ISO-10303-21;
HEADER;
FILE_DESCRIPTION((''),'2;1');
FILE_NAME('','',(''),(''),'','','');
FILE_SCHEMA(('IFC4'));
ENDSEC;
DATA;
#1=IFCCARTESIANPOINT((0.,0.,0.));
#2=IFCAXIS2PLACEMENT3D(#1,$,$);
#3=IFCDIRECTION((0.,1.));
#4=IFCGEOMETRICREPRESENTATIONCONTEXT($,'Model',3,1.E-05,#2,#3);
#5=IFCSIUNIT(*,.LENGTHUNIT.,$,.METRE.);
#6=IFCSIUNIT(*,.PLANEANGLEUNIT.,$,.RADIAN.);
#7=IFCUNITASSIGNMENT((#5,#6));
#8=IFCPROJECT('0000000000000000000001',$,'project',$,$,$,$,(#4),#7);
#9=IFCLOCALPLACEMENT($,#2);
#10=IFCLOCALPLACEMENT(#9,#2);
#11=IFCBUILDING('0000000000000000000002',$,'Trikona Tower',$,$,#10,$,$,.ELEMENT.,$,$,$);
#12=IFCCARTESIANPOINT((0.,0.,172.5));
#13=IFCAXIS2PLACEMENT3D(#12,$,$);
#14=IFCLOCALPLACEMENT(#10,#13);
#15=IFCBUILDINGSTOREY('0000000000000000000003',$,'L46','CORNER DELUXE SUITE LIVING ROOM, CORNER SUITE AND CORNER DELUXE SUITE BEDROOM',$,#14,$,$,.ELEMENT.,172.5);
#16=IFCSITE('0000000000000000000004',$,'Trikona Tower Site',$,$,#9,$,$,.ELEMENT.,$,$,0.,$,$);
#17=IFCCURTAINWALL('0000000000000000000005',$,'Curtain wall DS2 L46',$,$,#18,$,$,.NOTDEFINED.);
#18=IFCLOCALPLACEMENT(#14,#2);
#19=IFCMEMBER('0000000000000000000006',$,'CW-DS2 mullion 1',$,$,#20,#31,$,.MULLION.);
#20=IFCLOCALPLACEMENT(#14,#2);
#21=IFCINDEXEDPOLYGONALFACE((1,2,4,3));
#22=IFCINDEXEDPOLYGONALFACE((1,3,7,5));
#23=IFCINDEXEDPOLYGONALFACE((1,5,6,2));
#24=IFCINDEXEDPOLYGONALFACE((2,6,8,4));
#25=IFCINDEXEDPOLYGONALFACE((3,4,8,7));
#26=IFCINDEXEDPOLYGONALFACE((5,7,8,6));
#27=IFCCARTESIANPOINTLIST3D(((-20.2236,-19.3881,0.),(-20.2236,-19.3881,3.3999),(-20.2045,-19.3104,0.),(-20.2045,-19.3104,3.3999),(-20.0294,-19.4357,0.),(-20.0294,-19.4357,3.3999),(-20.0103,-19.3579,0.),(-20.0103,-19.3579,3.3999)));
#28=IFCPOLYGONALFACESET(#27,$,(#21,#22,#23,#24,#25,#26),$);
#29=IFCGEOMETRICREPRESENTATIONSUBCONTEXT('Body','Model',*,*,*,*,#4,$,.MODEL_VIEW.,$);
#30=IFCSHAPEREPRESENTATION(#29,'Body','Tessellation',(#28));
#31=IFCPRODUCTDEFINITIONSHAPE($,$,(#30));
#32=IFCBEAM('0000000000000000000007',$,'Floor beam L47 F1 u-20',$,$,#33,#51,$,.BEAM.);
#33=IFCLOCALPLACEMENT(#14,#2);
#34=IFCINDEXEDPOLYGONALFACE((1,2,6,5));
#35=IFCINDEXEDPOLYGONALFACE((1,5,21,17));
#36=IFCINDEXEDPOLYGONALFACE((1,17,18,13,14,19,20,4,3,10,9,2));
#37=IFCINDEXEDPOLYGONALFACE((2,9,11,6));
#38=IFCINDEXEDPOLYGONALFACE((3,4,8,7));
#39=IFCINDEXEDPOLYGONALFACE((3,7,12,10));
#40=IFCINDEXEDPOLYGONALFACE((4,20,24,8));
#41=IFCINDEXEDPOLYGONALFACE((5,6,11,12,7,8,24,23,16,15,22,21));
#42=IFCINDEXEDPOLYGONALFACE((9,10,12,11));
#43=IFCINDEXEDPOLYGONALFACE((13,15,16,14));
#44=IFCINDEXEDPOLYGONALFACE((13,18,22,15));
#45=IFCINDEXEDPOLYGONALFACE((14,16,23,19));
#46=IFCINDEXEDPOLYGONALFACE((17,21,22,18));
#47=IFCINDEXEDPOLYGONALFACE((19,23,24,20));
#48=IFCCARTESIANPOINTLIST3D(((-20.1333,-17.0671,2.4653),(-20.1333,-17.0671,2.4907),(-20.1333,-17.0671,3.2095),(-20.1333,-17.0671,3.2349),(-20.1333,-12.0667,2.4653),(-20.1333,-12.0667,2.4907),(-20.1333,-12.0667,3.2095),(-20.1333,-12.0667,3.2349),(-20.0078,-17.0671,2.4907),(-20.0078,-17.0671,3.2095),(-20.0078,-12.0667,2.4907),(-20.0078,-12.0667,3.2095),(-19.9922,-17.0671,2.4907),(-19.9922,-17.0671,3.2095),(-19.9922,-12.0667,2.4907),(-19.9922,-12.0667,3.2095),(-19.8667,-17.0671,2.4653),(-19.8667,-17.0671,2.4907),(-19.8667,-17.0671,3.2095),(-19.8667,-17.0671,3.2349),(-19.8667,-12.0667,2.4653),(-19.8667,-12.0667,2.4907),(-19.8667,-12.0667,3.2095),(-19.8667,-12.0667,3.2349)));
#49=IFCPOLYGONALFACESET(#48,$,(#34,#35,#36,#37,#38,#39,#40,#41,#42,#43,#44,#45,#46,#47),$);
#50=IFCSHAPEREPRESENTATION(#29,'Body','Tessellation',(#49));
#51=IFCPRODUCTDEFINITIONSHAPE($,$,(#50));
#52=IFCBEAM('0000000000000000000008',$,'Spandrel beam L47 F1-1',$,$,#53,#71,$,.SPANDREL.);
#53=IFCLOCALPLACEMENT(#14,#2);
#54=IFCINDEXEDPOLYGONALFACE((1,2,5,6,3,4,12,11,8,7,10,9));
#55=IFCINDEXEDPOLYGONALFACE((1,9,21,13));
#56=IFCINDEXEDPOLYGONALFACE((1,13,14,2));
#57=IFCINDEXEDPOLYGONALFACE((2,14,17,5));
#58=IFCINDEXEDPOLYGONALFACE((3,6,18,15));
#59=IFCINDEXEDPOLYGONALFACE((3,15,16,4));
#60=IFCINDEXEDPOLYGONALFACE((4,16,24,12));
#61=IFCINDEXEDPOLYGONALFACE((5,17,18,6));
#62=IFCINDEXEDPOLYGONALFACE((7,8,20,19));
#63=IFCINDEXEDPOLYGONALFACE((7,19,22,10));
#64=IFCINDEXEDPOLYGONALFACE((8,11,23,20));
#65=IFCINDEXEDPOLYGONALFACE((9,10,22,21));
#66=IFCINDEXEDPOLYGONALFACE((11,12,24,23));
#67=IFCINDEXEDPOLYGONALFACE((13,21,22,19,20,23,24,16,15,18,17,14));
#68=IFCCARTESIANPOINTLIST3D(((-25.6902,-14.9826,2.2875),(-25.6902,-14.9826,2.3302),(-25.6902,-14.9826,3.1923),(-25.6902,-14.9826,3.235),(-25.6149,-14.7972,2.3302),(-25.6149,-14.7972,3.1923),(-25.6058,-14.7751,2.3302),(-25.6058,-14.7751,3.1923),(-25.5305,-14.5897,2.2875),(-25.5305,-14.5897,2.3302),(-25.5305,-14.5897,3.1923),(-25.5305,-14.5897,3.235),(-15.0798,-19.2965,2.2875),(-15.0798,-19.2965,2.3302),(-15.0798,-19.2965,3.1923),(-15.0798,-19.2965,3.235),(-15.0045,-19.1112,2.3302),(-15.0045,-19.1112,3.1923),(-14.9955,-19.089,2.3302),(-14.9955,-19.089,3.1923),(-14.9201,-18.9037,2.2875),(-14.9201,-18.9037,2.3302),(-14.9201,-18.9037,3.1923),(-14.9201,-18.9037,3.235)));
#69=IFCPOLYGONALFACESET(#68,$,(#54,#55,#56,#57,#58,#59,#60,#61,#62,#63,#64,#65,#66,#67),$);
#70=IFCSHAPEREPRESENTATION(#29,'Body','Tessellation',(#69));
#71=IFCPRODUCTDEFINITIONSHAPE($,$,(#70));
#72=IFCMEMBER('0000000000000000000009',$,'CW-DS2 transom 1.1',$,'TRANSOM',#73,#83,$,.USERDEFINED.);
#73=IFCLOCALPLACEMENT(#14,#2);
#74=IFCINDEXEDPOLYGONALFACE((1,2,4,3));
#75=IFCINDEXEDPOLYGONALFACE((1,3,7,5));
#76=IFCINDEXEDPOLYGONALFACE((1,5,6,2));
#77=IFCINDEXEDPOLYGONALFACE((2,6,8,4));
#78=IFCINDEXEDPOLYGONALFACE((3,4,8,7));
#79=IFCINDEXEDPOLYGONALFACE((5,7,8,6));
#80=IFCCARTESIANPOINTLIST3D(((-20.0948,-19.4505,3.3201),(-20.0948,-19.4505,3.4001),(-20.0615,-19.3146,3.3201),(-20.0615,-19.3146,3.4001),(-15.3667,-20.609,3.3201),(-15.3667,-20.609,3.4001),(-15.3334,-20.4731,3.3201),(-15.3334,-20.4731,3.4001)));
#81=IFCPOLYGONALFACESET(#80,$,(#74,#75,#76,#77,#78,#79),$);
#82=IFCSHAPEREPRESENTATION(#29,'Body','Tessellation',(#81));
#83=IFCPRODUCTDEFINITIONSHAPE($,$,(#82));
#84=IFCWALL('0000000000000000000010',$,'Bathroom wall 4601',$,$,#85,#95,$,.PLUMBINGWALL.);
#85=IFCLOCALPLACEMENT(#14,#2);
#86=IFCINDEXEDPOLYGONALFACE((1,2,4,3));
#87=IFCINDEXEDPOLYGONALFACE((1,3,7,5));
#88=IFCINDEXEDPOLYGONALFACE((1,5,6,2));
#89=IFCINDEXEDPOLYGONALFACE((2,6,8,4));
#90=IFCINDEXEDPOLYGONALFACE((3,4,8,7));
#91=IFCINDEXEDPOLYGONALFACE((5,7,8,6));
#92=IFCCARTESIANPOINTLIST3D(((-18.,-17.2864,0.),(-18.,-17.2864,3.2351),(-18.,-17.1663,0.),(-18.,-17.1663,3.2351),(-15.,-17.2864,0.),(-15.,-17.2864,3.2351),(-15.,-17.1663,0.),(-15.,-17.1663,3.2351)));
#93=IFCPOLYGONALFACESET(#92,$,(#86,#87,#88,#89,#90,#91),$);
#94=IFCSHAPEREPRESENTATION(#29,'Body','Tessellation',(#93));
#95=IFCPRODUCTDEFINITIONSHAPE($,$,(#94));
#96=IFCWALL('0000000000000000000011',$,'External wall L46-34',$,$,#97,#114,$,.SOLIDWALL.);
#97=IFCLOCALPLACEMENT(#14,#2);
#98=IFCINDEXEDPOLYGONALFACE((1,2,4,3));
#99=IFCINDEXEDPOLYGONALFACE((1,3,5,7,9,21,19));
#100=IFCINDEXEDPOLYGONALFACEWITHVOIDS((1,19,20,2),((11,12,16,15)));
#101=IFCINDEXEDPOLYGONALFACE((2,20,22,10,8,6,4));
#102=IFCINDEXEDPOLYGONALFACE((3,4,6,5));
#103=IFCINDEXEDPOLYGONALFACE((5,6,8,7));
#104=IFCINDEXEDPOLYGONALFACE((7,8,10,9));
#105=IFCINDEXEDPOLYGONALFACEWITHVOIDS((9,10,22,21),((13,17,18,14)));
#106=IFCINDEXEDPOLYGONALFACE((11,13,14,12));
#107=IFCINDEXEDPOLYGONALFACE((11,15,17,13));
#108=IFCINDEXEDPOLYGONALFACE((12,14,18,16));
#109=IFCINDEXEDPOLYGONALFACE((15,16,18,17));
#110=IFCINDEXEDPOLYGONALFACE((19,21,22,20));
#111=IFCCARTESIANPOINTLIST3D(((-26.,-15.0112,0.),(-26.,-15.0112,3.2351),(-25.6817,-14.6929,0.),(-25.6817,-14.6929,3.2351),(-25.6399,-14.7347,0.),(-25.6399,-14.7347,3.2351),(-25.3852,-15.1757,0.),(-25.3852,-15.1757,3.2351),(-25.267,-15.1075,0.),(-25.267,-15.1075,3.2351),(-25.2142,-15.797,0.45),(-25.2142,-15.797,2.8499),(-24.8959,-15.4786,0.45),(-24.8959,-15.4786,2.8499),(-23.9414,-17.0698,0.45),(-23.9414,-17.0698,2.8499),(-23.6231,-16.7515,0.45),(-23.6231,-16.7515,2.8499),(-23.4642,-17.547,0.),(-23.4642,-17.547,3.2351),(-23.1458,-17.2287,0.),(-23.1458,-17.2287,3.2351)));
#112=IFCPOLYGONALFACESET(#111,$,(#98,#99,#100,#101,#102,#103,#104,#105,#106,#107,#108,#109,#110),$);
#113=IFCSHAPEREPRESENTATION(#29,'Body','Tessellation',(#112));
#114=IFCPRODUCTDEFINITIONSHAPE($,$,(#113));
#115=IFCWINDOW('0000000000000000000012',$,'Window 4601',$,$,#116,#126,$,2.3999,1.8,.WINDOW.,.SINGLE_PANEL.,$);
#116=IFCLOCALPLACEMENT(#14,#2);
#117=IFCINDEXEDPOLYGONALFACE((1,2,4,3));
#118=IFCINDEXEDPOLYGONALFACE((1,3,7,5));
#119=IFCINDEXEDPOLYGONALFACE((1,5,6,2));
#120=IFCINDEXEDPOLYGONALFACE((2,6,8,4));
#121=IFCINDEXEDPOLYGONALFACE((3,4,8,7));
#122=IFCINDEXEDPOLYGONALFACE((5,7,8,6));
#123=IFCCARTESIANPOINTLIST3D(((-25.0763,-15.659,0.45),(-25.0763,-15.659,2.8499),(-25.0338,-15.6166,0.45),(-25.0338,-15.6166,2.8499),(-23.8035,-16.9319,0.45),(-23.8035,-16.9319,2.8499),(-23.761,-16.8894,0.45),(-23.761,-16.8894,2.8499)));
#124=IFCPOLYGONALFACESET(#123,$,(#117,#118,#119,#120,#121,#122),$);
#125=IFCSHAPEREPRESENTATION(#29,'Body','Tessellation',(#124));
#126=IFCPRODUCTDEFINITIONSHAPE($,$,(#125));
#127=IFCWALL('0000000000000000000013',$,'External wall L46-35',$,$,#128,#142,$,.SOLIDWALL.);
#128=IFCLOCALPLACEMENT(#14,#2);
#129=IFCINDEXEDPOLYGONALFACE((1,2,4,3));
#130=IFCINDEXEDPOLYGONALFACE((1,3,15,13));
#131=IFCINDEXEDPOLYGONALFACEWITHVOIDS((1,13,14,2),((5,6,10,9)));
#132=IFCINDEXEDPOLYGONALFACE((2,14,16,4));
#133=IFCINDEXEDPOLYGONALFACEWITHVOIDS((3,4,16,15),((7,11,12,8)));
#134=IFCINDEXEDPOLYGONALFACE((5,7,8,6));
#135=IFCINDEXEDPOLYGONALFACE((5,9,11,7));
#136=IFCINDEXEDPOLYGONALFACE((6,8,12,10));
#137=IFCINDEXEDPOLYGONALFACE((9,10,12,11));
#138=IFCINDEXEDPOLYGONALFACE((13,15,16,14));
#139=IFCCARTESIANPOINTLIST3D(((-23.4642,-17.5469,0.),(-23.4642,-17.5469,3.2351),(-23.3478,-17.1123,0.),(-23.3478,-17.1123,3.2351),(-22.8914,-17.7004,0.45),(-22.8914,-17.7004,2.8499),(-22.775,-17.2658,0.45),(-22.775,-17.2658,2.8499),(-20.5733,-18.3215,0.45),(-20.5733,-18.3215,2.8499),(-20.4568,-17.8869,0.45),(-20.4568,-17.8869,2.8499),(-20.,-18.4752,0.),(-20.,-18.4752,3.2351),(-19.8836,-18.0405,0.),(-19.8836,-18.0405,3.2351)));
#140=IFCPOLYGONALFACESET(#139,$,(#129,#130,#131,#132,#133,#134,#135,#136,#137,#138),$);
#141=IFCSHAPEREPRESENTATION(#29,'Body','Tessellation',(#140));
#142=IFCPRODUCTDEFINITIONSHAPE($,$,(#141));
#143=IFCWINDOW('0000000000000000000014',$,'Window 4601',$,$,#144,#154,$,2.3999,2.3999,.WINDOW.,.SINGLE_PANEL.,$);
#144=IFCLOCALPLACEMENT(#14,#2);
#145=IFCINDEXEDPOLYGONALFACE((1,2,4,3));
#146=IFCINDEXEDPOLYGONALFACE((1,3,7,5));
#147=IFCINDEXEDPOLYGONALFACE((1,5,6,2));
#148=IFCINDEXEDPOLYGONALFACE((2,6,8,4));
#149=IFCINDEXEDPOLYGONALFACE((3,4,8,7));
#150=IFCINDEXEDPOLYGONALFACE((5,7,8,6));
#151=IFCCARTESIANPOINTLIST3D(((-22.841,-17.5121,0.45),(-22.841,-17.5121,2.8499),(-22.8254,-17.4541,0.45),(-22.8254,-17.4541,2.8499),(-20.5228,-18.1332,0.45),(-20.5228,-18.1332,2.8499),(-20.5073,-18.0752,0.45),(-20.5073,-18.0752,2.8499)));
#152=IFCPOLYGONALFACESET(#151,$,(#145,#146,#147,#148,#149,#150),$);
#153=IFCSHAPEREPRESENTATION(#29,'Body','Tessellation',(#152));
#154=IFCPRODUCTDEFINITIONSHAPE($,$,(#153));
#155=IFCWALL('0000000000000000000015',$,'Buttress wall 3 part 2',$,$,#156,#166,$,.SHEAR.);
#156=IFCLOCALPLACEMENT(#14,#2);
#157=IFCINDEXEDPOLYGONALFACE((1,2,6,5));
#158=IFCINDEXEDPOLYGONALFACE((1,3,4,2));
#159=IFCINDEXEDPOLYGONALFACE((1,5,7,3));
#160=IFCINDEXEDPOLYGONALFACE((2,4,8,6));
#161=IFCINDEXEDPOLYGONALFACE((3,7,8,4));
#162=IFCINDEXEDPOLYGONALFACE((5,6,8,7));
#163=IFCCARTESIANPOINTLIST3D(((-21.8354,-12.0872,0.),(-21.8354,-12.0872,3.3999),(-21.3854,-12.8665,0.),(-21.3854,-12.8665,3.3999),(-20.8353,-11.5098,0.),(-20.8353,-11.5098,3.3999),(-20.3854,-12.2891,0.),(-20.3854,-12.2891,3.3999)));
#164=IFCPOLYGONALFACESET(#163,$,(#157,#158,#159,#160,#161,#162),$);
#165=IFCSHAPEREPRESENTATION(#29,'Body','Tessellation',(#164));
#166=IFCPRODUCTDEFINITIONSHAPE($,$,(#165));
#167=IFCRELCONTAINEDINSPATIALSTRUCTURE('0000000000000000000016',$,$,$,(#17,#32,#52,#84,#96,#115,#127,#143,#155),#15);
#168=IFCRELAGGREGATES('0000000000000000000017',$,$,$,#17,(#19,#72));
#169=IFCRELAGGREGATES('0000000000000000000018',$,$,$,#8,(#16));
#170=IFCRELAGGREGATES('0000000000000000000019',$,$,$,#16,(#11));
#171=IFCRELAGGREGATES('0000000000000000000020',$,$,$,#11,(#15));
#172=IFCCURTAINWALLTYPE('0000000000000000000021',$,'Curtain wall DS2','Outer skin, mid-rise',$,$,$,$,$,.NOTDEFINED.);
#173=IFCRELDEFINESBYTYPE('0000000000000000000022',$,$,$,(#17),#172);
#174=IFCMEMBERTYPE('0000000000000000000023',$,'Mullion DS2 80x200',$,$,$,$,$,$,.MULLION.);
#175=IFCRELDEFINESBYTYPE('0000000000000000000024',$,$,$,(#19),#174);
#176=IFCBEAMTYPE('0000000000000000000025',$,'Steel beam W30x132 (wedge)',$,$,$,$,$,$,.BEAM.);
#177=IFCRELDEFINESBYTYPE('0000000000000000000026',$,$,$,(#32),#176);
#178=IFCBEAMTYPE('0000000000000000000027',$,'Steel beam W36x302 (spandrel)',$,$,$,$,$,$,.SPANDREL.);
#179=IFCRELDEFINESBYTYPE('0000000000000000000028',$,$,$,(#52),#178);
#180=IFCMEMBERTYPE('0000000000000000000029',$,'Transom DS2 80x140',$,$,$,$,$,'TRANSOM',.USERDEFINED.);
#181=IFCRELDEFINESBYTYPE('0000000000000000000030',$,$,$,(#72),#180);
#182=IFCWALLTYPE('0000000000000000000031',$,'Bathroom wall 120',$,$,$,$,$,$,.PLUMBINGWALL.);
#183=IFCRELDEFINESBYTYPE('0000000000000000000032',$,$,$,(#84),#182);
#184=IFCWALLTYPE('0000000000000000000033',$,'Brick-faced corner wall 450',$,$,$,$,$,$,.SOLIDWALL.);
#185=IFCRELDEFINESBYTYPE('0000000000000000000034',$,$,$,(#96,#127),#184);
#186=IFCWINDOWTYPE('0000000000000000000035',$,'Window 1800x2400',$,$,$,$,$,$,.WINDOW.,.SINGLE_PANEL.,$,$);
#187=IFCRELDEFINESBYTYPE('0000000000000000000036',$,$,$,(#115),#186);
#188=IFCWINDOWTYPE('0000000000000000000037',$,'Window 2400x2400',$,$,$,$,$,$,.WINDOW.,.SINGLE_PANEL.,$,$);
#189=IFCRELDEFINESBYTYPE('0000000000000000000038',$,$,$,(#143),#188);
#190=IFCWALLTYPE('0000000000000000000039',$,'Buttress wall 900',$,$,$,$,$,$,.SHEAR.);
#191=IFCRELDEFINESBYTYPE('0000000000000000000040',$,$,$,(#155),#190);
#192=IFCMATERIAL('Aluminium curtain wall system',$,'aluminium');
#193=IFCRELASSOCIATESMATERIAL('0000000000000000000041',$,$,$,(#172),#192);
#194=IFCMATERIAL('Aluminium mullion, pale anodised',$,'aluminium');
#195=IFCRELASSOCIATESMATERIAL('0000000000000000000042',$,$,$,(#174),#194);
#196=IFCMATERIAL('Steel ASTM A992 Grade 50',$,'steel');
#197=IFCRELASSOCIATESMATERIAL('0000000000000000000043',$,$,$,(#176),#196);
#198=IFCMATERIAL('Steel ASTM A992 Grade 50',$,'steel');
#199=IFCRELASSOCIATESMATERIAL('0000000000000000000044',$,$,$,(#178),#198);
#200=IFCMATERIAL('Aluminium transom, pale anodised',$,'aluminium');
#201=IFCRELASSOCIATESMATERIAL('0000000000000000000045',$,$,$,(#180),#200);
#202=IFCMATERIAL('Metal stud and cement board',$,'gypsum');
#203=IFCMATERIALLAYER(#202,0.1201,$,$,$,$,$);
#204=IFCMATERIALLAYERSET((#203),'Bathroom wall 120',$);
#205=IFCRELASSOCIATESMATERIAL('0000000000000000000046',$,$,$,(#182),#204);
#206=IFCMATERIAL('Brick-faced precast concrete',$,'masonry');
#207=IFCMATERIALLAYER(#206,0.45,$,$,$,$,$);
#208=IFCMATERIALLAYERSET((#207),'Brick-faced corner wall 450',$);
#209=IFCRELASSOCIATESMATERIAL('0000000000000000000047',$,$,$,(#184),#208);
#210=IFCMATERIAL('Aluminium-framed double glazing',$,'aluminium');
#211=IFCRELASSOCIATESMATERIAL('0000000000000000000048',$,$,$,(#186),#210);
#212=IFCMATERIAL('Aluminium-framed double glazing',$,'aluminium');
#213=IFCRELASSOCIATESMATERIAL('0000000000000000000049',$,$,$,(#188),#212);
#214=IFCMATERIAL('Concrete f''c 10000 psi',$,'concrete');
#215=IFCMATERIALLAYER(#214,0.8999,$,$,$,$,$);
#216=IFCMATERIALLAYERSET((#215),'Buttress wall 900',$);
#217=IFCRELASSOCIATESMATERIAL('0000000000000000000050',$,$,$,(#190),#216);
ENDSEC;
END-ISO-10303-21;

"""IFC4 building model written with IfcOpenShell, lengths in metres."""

from ifc_helpers import new_model, si_unit, direction, frame, frame_2d, origin, origin_2d, place, context, subcontext, project, spatial, polyline, rectangle, i_section, outline, extrude, material, layer, layer_set, material_profile, profile_set, type_object, element, fill, aggregate, save


model = new_model("IFC4")

# Units and contexts
model_context = context("Model", 3, precision=1e-05, world=origin(), true_north=direction((0.0, 1.0)))
body_context = subcontext(model_context, "Body", "Model", "MODEL_VIEW")
ifc_project = project(units=[si_unit("LENGTHUNIT", "METRE"), si_unit("PLANEANGLEUNIT", "RADIAN")], contexts=[model_context])

# Site, building, storey
site_placement = place(None, origin())
site = spatial("IfcSite", under=ifc_project, at=site_placement, Name="Trikona Tower Site", CompositionType="ELEMENT", RefElevation=0.0)
building_placement = place(site_placement, origin())
building = spatial("IfcBuilding", under=site, at=building_placement, Name="Trikona Tower", CompositionType="ELEMENT")
storey_placement = place(building_placement, frame((0.0, 0.0, 172.5)))
storey = spatial("IfcBuildingStorey", under=building, at=storey_placement, Name="L46", Description="CORNER DELUXE SUITE LIVING ROOM, CORNER SUITE AND CORNER DELUXE SUITE BEDROOM", CompositionType="ELEMENT", Elevation=172.5)

# Curtain wall, member
ifc_material_1 = material(Name="Aluminium curtain wall system", Category="aluminium")
curtain_wall_type = type_object("IfcCurtainWallType", Name="Curtain wall DS2", Description="Outer skin, mid-rise", PredefinedType="NOTDEFINED", material=ifc_material_1)
curtain_wall_placement = place(storey_placement, origin())
curtain_wall = element("IfcCurtainWall", 1, at=curtain_wall_placement, inside=storey, type_object=curtain_wall_type, Name="Curtain wall DS2 L46", PredefinedType="NOTDEFINED")
ifc_material_2 = material(Name="Aluminium mullion, pale anodised", Category="aluminium")
ifc_material_profile_1 = material_profile(ifc_material_2, rectangle(XDim=0.0801, YDim=0.2, at=origin_2d()), Name="MUL-DS2")
ifc_profile_set_1 = profile_set([ifc_material_profile_1], Name="Aluminium mullion, pale anodised")
member_type_1 = type_object("IfcMemberType", Name="Mullion DS2 80x200", PredefinedType="MULLION", material=ifc_profile_set_1)
member_1_placement = place(storey_placement, frame((-20.1169, -19.373, 0.0), z_axis=(0.0, 0.0, 1.0), x_axis=(0.23797, 0.971272, 0.0)))
member_1 = element("IfcMember", 2, at=member_1_placement, type_object=member_type_1, Name="CW-DS2 mullion 1", PredefinedType="MULLION", context=body_context, shape_type="SweptSolid", body=[
    extrude(rectangle(XDim=0.0801, YDim=0.2, at=origin_2d()), origin(), (0.0, 0.0, 1.0), 3.3999),
])

# Beams
ifc_material_3 = material(Name="Steel ASTM A992 Grade 50", Category="steel")
ifc_material_profile_2 = material_profile(ifc_material_3, i_section(OverallWidth=0.2666, OverallDepth=0.7695, WebThickness=0.0156, FlangeThickness=0.0254, at=origin_2d()), Name="W30X132")
ifc_profile_set_2 = profile_set([ifc_material_profile_2], Name="Steel ASTM A992 Grade 50")
beam_type_1 = type_object("IfcBeamType", Name="Steel beam W30x132 (wedge)", PredefinedType="BEAM", material=ifc_profile_set_2)
beam_1_placement = place(storey_placement, frame((-20.0, -12.0667, 2.8501), z_axis=(0.0, -1.0, 0.0), x_axis=(1.0, 0.0, 0.0)))
element("IfcBeam", 3, at=beam_1_placement, inside=storey, type_object=beam_type_1, Name="Floor beam L47 F1 u-20", PredefinedType="BEAM", context=body_context, shape_type="SweptSolid", body=[
    extrude(i_section(OverallWidth=0.2666, OverallDepth=0.7695, WebThickness=0.0156, FlangeThickness=0.0254, at=origin_2d()), origin(), (0.0, 0.0, 1.0), 5.0005),
])
ifc_material_4 = material(Name="Steel ASTM A992 Grade 50", Category="steel")
ifc_material_profile_3 = material_profile(ifc_material_4, i_section(OverallWidth=0.4241, OverallDepth=0.9475, WebThickness=0.0239, FlangeThickness=0.0427, at=origin_2d()), Name="W36X302")
ifc_profile_set_3 = profile_set([ifc_material_profile_3], Name="Steel ASTM A992 Grade 50")
beam_type_2 = type_object("IfcBeamType", Name="Steel beam W36x302 (spandrel)", PredefinedType="SPANDREL", material=ifc_profile_set_3)
beam_2_placement = place(storey_placement, frame((-25.6104, -14.7861, 2.7612), z_axis=(0.92636, -0.37664, 0.0), x_axis=(0.37664, 0.92636, 0.0)))
element("IfcBeam", 4, at=beam_2_placement, inside=storey, type_object=beam_type_2, Name="Spandrel beam L47 F1-1", PredefinedType="SPANDREL", context=body_context, shape_type="SweptSolid", body=[
    extrude(i_section(OverallWidth=0.4241, OverallDepth=0.9475, WebThickness=0.0239, FlangeThickness=0.0427, at=origin_2d()), origin(), (0.0, 0.0, 1.0), 11.4539),
])

# Member
ifc_material_5 = material(Name="Aluminium transom, pale anodised", Category="aluminium")
ifc_material_profile_4 = material_profile(ifc_material_5, rectangle(XDim=0.1399, YDim=0.0801, at=origin_2d()), Name="TRN-DS2")
ifc_profile_set_4 = profile_set([ifc_material_profile_4], Name="Aluminium transom, pale anodised")
member_type_2 = type_object("IfcMemberType", Name="Transom DS2 80x140", ElementType="TRANSOM", PredefinedType="USERDEFINED", material=ifc_profile_set_4)
member_2_placement = place(storey_placement, frame((-20.0781, -19.3826, 3.3601), z_axis=(0.971271, -0.237978, 0.0), x_axis=(0.237978, 0.971271, 0.0)))
member_2 = element("IfcMember", 5, at=member_2_placement, type_object=member_type_2, Name="CW-DS2 transom 1.1", ObjectType="TRANSOM", PredefinedType="USERDEFINED", context=body_context, shape_type="SweptSolid", body=[
    extrude(rectangle(XDim=0.1399, YDim=0.0801, at=origin_2d()), origin(), (0.0, 0.0, 1.0), 4.8679),
])
aggregate(curtain_wall, [member_1, member_2])

# Wall
ifc_material_6 = material(Name="Metal stud and cement board", Category="gypsum")
ifc_layer_1 = layer(ifc_material_6, 0.1201)
ifc_layer_set_1 = layer_set([ifc_layer_1], Name="Bathroom wall 120")
wall_type_1 = type_object("IfcWallType", Name="Bathroom wall 120", PredefinedType="PLUMBINGWALL", material=ifc_layer_set_1)
wall_1_placement = place(storey_placement, frame((-18.0, -17.2263, 0.0), z_axis=(0.0, 0.0, 1.0), x_axis=(1.0, 0.0, 0.0)))
element("IfcWall", 6, at=wall_1_placement, inside=storey, type_object=wall_type_1, Name="Bathroom wall 4601", PredefinedType="PLUMBINGWALL", context=body_context, shape_type="SweptSolid", body=[
    extrude(rectangle(XDim=3.0, YDim=0.1201, at=frame_2d((1.5, 0.0))), origin(), (0.0, 0.0, 1.0), 3.2351),
])

# Walls, openings, windows
ifc_material_7 = material(Name="Brick-faced precast concrete", Category="masonry")
ifc_layer_2 = layer(ifc_material_7, 0.45)
ifc_layer_set_2 = layer_set([ifc_layer_2], Name="Brick-faced corner wall 450")
wall_type_2 = type_object("IfcWallType", Name="Brick-faced corner wall 450", PredefinedType="SOLIDWALL", material=ifc_layer_set_2)
wall_2_placement = place(storey_placement, frame((-25.8408, -14.8521, 0.0), z_axis=(0.0, 0.0, 1.0), x_axis=(0.707107, -0.707107, 0.0)))
wall_2 = element("IfcWall", 7, at=wall_2_placement, inside=storey, type_object=wall_type_2, Name="External wall L46-34", PredefinedType="SOLIDWALL", context=body_context, shape_type="SweptSolid", body=[
    extrude(outline(polyline([(3.5862, 0.2251), (0.5864, 0.2251), (0.551, 0.0933), (0.0591, 0.2251), (0.0, 0.2251), (0.0, -0.2251), (3.5862, -0.2251), (3.5862, 0.2251)])), origin(), (0.0, 0.0, 1.0), 3.2351),
])
opening_1_placement = place(wall_2_placement, frame((1.1113, 0.0, 0.45)))
opening_1 = element("IfcOpeningElement", 8, at=opening_1_placement, cuts=wall_2, PredefinedType="OPENING", context=body_context, shape_type="SweptSolid", body=[
    extrude(rectangle(XDim=1.8, YDim=2.3999, at=frame_2d((0.8999, 1.2))), frame((0.0, 0.2349, 0.0), z_axis=(0.0, -1.0, 0.0), x_axis=(1.0, 0.0, 0.0)), (0.0, 0.0, 1.0), 0.47),
])
ifc_material_8 = material(Name="Aluminium-framed double glazing", Category="aluminium")
window_type_1 = type_object("IfcWindowType", Name="Window 1800x2400", PartitioningType="SINGLE_PANEL", PredefinedType="WINDOW", material=ifc_material_8)
window_1_placement = place(opening_1_placement, origin())
window_1 = element("IfcWindow", 9, at=window_1_placement, inside=storey, type_object=window_type_1, Name="Window 4601", OverallHeight=2.3999, OverallWidth=1.8, PartitioningType="SINGLE_PANEL", PredefinedType="WINDOW", context=body_context, shape_type="SweptSolid", body=[
    extrude(rectangle(XDim=1.8, YDim=2.3999, at=frame_2d((0.8999, 1.2))), frame((0.0, 0.03, 0.0), z_axis=(0.0, -1.0, 0.0), x_axis=(1.0, 0.0, 0.0)), (0.0, 0.0, 1.0), 0.0601),
])
fill(opening_1, window_1)
wall_3_placement = place(storey_placement, frame((-23.406, -17.3296, 0.0), z_axis=(0.0, 0.0, 1.0), x_axis=(0.965925, -0.258823, 0.0)))
wall_3 = element("IfcWall", 10, at=wall_3_placement, inside=storey, type_object=wall_type_2, Name="External wall L46-35", PredefinedType="SOLIDWALL", context=body_context, shape_type="SweptSolid", body=[
    extrude(rectangle(XDim=3.5864, YDim=0.45, at=frame_2d((1.7932, 0.0))), origin(), (0.0, 0.0, 1.0), 3.2351),
])
opening_2_placement = place(wall_3_placement, frame((0.593, 0.0, 0.45)))
opening_2 = element("IfcOpeningElement", 11, at=opening_2_placement, cuts=wall_3, PredefinedType="OPENING", context=body_context, shape_type="SweptSolid", body=[
    extrude(rectangle(XDim=2.3999, YDim=2.3999, at=frame_2d((1.2, 1.2))), frame((0.0, 0.2349, 0.0), z_axis=(0.0, -1.0, 0.0), x_axis=(1.0, 0.0, 0.0)), (0.0, 0.0, 1.0), 0.47),
])
ifc_material_9 = material(Name="Aluminium-framed double glazing", Category="aluminium")
window_type_2 = type_object("IfcWindowType", Name="Window 2400x2400", PartitioningType="SINGLE_PANEL", PredefinedType="WINDOW", material=ifc_material_9)
window_2_placement = place(opening_2_placement, origin())
window_2 = element("IfcWindow", 12, at=window_2_placement, inside=storey, type_object=window_type_2, Name="Window 4601", OverallHeight=2.3999, OverallWidth=2.3999, PartitioningType="SINGLE_PANEL", PredefinedType="WINDOW", context=body_context, shape_type="SweptSolid", body=[
    extrude(rectangle(XDim=2.3999, YDim=2.3999, at=frame_2d((1.2, 1.2))), frame((0.0, 0.03, 0.0), z_axis=(0.0, -1.0, 0.0), x_axis=(1.0, 0.0, 0.0)), (0.0, 0.0, 1.0), 0.0601),
])
fill(opening_2, window_2)

# Wall
ifc_material_10 = material(Name="Concrete f'c 10000 psi", Category="concrete")
ifc_layer_3 = layer(ifc_material_10, 0.8999)
ifc_layer_set_3 = layer_set([ifc_layer_3], Name="Buttress wall 900")
wall_type_3 = type_object("IfcWallType", Name="Buttress wall 900", PredefinedType="SHEAR", material=ifc_layer_set_3)
wall_4_placement = place(storey_placement, frame((-20.6104, -11.8994, 0.0), z_axis=(0.0, 0.0, 1.0), x_axis=(-0.86601, -0.500027, 0.0)))
element("IfcWall", 13, at=wall_4_placement, inside=storey, type_object=wall_type_3, Name="Buttress wall 3 part 2", PredefinedType="SHEAR", context=body_context, shape_type="SweptSolid", body=[
    extrude(rectangle(XDim=1.1548, YDim=0.8999, at=frame_2d((0.5774, 0.0))), origin(), (0.0, 0.0, 1.0), 3.3999),
])

save(model, "model.ifc")
